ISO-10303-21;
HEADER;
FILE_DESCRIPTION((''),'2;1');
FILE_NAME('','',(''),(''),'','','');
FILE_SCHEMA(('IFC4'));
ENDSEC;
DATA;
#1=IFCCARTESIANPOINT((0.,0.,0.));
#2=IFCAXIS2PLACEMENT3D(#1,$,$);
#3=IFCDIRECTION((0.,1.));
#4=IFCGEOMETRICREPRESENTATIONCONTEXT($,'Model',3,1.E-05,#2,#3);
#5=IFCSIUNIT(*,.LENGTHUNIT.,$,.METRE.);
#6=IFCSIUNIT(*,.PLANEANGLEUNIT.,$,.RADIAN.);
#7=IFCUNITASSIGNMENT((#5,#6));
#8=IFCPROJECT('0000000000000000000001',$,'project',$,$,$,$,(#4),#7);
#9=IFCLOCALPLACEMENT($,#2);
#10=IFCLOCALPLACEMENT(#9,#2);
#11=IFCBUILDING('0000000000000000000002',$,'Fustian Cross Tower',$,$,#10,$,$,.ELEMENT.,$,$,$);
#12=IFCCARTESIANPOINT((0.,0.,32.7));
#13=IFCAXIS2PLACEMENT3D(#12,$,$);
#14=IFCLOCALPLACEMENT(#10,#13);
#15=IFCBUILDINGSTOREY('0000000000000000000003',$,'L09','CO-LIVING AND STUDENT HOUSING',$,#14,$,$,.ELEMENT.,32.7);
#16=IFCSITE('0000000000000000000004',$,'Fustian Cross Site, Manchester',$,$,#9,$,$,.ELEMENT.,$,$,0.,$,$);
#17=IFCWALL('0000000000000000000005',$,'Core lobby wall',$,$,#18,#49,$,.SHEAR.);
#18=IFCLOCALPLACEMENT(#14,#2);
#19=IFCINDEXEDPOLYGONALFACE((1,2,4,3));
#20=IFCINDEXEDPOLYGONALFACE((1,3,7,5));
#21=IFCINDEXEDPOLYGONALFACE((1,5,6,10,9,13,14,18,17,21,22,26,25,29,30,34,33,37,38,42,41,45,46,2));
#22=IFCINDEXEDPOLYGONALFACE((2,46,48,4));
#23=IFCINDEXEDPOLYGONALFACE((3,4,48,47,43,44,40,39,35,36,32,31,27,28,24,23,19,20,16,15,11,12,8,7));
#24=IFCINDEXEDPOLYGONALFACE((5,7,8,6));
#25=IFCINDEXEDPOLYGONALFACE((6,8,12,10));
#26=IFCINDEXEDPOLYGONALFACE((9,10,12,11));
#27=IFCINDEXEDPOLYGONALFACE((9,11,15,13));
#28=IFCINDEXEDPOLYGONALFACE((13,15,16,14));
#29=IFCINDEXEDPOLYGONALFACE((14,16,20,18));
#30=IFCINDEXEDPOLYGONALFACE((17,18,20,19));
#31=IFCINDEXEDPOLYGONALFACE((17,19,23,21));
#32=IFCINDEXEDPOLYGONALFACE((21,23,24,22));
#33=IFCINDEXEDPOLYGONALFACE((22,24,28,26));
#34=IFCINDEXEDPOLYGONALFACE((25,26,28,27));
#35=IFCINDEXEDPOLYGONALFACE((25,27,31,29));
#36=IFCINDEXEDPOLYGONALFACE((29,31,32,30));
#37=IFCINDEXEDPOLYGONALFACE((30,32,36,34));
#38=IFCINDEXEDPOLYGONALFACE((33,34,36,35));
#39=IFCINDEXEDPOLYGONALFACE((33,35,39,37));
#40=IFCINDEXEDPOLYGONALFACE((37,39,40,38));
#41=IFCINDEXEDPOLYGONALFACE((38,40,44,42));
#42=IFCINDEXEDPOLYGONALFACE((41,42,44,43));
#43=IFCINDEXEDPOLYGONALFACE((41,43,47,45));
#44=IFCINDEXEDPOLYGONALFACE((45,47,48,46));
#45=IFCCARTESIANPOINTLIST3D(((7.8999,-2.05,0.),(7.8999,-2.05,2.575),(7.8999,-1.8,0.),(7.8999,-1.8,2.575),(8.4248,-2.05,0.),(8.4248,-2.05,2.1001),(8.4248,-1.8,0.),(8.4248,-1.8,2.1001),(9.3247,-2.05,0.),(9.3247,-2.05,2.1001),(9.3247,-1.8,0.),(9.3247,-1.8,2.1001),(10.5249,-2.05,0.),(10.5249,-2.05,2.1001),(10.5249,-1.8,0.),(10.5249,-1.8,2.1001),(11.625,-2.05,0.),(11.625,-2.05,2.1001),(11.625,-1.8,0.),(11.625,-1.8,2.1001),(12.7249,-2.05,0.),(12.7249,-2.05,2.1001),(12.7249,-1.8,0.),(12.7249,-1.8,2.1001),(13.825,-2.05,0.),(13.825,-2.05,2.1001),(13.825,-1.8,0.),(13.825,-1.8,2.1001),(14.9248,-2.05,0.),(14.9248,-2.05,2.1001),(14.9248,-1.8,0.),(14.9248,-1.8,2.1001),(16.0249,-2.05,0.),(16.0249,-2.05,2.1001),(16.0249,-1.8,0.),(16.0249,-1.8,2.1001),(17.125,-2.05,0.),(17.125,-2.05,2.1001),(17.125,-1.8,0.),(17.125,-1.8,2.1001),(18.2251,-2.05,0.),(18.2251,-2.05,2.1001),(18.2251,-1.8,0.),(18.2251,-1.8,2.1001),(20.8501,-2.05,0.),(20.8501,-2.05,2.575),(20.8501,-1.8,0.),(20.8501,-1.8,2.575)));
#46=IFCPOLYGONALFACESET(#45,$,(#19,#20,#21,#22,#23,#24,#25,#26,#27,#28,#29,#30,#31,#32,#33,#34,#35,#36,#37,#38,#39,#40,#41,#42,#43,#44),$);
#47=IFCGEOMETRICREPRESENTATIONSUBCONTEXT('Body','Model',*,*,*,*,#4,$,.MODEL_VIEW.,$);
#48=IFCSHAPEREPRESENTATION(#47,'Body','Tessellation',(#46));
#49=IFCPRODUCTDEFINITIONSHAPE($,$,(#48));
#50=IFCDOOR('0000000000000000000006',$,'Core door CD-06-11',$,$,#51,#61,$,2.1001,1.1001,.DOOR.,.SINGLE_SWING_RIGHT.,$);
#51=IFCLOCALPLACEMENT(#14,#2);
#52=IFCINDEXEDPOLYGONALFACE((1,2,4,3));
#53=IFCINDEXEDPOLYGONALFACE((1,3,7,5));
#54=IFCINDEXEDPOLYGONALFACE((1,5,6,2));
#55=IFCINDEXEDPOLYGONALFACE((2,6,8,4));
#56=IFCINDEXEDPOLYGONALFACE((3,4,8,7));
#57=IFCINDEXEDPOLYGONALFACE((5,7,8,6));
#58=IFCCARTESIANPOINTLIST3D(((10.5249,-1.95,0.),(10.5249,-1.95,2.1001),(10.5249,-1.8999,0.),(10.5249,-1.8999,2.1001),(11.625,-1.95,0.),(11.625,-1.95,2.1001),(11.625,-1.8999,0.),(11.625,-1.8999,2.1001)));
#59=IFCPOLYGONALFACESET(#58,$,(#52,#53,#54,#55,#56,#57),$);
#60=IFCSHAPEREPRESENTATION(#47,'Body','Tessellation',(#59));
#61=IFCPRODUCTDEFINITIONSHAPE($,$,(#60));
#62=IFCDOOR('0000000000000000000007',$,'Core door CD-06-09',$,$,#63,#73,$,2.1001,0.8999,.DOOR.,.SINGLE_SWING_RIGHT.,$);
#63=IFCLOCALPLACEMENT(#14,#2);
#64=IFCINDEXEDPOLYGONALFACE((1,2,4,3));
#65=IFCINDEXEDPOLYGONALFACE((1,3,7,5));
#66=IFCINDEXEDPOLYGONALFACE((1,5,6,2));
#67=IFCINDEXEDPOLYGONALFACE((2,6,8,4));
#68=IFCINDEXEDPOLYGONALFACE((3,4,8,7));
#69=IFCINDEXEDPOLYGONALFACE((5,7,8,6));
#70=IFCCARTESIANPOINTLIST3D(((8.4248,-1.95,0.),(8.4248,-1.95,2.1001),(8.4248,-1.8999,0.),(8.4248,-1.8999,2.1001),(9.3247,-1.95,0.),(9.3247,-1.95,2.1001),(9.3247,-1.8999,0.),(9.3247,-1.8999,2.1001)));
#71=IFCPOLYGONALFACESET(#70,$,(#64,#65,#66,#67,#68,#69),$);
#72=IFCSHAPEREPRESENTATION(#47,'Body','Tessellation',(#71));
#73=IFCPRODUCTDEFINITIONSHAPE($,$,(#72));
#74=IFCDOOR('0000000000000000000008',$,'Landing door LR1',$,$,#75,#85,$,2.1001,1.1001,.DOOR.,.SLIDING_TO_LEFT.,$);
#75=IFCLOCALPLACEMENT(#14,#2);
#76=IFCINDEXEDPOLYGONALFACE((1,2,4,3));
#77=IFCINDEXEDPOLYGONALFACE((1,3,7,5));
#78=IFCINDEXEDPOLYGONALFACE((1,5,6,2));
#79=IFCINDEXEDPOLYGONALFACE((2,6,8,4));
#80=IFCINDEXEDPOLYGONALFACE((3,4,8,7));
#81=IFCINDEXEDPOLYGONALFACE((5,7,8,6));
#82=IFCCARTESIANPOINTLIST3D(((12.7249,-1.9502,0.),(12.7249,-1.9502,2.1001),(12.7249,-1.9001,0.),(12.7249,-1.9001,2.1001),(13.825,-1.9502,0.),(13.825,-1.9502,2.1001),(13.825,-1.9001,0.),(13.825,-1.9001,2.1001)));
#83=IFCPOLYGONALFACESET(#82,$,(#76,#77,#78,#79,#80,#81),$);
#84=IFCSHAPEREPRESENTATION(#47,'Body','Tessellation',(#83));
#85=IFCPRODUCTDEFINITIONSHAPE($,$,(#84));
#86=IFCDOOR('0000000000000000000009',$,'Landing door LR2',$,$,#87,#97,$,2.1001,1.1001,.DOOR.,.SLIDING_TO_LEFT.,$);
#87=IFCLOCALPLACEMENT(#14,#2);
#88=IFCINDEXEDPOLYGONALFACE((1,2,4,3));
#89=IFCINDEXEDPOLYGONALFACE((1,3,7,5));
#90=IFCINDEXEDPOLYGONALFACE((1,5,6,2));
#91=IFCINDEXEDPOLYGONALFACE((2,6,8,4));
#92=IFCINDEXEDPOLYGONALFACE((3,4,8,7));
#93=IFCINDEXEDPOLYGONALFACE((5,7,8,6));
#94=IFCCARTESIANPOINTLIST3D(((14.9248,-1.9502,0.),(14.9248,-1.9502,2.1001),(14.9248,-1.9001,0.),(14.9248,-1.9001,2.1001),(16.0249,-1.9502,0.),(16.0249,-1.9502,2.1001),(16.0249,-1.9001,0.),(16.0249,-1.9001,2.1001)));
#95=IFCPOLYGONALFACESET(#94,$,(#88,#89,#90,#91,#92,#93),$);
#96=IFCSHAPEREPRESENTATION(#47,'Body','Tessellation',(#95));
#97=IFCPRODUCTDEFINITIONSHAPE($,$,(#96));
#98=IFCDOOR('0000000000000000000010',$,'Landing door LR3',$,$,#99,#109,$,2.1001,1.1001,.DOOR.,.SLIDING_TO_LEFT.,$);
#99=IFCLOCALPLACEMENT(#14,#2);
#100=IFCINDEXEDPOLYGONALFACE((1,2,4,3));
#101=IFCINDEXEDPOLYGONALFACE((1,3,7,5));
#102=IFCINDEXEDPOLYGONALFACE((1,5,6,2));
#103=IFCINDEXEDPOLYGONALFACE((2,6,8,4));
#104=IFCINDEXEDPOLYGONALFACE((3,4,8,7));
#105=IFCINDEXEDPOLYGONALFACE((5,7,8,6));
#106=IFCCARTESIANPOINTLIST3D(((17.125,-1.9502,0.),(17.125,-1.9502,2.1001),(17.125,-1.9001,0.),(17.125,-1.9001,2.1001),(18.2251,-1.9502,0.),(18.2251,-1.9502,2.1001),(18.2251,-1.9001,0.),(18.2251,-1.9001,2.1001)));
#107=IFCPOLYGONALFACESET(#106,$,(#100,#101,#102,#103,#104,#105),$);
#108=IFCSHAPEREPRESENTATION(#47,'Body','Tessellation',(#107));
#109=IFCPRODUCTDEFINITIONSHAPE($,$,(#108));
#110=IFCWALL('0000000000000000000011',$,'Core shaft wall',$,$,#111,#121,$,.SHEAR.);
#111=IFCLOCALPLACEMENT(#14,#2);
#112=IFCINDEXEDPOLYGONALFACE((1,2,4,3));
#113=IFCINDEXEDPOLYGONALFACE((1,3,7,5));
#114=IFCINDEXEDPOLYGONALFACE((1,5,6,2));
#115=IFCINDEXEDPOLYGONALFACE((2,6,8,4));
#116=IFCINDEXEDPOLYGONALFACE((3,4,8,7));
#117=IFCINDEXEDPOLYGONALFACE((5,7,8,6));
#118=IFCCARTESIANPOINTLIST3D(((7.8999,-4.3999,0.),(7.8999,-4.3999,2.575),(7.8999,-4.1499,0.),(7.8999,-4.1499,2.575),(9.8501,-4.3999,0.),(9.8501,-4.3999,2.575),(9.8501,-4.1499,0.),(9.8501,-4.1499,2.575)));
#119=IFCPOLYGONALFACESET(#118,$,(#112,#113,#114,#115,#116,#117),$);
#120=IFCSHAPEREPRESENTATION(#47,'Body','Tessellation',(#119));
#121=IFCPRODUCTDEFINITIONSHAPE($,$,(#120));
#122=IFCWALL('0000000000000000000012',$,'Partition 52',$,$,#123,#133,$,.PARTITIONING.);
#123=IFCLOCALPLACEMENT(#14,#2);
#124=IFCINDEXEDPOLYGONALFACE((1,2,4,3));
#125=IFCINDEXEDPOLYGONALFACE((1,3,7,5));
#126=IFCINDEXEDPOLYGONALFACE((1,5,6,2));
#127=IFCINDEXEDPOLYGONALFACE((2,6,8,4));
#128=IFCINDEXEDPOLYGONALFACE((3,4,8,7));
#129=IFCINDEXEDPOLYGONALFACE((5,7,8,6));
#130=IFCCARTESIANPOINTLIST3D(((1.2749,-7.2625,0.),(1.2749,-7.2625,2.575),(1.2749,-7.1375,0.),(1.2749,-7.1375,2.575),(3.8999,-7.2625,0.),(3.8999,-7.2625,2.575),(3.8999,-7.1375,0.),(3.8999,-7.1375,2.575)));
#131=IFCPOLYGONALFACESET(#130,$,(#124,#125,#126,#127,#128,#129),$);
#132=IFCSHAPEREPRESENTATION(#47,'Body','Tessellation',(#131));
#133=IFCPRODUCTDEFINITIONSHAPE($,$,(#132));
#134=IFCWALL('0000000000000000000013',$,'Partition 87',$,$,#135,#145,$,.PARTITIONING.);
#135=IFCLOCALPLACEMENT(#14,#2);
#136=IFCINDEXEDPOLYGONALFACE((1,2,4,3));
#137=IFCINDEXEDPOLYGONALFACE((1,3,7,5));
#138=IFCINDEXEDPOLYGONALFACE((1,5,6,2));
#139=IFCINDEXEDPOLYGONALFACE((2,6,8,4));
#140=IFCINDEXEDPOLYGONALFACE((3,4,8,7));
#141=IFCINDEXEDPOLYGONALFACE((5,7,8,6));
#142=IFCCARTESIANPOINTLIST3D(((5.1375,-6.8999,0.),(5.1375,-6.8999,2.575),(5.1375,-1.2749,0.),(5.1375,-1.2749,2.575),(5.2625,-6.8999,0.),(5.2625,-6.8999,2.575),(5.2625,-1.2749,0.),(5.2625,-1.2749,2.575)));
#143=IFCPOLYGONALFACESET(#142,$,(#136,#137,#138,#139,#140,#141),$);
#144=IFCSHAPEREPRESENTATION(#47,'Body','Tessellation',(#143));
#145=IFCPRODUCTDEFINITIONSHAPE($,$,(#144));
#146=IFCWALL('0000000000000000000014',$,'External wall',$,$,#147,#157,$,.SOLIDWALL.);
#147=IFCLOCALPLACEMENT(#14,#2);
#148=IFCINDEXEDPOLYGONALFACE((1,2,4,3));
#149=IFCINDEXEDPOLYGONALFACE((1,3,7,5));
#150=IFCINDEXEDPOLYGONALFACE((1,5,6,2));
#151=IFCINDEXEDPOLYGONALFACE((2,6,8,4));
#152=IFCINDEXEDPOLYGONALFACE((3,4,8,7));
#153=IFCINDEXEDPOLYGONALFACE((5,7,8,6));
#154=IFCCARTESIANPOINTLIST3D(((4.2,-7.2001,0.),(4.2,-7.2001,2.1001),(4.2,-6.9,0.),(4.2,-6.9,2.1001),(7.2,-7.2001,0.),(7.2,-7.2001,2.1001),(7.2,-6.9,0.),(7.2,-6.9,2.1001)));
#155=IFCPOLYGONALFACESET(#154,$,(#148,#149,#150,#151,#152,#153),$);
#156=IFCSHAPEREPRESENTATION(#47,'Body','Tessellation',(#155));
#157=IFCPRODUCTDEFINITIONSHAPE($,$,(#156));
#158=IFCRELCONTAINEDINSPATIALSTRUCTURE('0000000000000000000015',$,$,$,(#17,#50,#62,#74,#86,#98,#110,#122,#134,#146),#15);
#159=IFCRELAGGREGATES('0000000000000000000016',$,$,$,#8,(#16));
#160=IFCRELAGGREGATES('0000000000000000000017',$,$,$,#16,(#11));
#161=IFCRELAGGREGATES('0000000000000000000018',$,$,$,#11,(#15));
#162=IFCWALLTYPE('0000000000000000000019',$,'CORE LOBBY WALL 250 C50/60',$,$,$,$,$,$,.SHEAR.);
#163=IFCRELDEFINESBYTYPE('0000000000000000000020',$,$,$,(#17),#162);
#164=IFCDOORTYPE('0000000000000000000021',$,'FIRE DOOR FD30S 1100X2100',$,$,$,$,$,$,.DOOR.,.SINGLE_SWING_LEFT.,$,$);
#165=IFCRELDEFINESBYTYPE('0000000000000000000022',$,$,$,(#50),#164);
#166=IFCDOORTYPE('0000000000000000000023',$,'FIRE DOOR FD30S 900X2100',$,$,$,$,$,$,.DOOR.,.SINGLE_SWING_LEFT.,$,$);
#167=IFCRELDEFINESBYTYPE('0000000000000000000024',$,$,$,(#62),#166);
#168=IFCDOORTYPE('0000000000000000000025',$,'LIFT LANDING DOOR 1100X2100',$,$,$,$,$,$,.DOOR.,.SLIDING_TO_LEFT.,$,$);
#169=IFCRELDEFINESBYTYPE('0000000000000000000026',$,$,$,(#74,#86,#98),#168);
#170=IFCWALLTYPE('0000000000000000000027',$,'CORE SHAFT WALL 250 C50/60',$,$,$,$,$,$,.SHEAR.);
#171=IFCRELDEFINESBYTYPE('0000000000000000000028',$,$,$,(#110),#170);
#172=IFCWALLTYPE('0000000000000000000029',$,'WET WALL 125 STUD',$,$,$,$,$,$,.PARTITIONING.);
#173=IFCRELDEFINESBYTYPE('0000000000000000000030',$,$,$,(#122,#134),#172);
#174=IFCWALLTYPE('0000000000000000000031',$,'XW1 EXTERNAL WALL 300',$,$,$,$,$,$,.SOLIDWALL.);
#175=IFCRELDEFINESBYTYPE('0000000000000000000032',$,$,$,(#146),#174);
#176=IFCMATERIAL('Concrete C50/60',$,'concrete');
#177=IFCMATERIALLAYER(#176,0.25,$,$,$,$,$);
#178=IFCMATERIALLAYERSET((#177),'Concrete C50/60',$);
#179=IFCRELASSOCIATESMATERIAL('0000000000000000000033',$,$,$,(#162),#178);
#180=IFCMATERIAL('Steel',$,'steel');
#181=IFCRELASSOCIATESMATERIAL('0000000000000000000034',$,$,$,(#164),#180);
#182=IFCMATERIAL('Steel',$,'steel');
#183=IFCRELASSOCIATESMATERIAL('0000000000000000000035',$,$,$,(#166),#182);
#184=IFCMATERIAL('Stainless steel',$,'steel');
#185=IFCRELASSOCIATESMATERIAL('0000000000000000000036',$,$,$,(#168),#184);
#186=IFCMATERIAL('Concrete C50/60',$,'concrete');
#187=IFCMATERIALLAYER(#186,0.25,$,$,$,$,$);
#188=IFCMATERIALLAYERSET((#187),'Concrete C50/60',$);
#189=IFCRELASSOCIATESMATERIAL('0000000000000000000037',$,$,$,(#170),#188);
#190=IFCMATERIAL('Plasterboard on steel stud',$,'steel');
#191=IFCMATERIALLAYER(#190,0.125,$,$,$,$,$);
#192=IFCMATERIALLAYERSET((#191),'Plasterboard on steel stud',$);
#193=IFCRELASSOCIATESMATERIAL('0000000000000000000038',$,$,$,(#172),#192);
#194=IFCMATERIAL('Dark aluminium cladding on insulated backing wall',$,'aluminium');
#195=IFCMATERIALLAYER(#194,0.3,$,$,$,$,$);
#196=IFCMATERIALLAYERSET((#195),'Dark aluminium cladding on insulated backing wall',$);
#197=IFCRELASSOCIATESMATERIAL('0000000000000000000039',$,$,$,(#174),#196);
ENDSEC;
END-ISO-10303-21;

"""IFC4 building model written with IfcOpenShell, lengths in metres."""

from ifc_helpers import new_model, si_unit, direction, frame, frame_2d, origin, place, context, subcontext, project, spatial, rectangle, extrude, material, layer, layer_set, type_object, element, fill, save


model = new_model("IFC4")

# Units and contexts
model_context = context("Model", 3, precision=1e-05, world=origin(), true_north=direction((0.0, 1.0)))
body_context = subcontext(model_context, "Body", "Model", "MODEL_VIEW")
ifc_project = project(units=[si_unit("LENGTHUNIT", "METRE"), si_unit("PLANEANGLEUNIT", "RADIAN")], contexts=[model_context])

# Site, building, storey
site_placement = place(None, origin())
site = spatial("IfcSite", under=ifc_project, at=site_placement, Name="Fustian Cross Site, Manchester", CompositionType="ELEMENT", RefElevation=0.0)
building_placement = place(site_placement, origin())
building = spatial("IfcBuilding", under=site, at=building_placement, Name="Fustian Cross Tower", CompositionType="ELEMENT")
storey_placement = place(building_placement, frame((0.0, 0.0, 32.7)))
storey = spatial("IfcBuildingStorey", under=building, at=storey_placement, Name="L09", Description="CO-LIVING AND STUDENT HOUSING", CompositionType="ELEMENT", Elevation=32.7)

# Wall, openings, doors
ifc_material_1 = material(Name="Concrete C50/60", Category="concrete")
ifc_layer_1 = layer(ifc_material_1, 0.25)
ifc_layer_set_1 = layer_set([ifc_layer_1], Name="Concrete C50/60")
wall_type_1 = type_object("IfcWallType", Name="CORE LOBBY WALL 250 C50/60", PredefinedType="SHEAR", material=ifc_layer_set_1)
wall_1_placement = place(storey_placement, frame((7.8999, -1.925, 0.0), z_axis=(0.0, 0.0, 1.0), x_axis=(1.0, 0.0, 0.0)))
wall_1 = element("IfcWall", 1, at=wall_1_placement, inside=storey, type_object=wall_type_1, Name="Core lobby wall", PredefinedType="SHEAR", context=body_context, shape_type="SweptSolid", body=[
    extrude(rectangle(XDim=12.9502, YDim=0.25, at=frame_2d((6.4751, 0.0))), origin(), (0.0, 0.0, 1.0), 2.575),
])
opening_1_placement = place(wall_1_placement, frame((4.825, 0.0, 0.0)))
opening_1 = element("IfcOpeningElement", 2, at=opening_1_placement, cuts=wall_1, PredefinedType="OPENING", context=body_context, shape_type="SweptSolid", body=[
    extrude(rectangle(XDim=1.1001, YDim=2.1001, at=frame_2d((0.55, 1.05))), frame((0.0, 0.135, 0.0), z_axis=(0.0, -1.0, 0.0), x_axis=(1.0, 0.0, 0.0)), (0.0, 0.0, 1.0), 0.27),
])
opening_2_placement = place(wall_1_placement, frame((7.0249, 0.0, 0.0)))
opening_2 = element("IfcOpeningElement", 3, at=opening_2_placement, cuts=wall_1, PredefinedType="OPENING", context=body_context, shape_type="SweptSolid", body=[
    extrude(rectangle(XDim=1.1001, YDim=2.1001, at=frame_2d((0.55, 1.05))), frame((0.0, 0.135, 0.0), z_axis=(0.0, -1.0, 0.0), x_axis=(1.0, 0.0, 0.0)), (0.0, 0.0, 1.0), 0.27),
])
opening_3_placement = place(wall_1_placement, frame((9.2251, 0.0, 0.0)))
opening_3 = element("IfcOpeningElement", 4, at=opening_3_placement, cuts=wall_1, PredefinedType="OPENING", context=body_context, shape_type="SweptSolid", body=[
    extrude(rectangle(XDim=1.1001, YDim=2.1001, at=frame_2d((0.55, 1.05))), frame((0.0, 0.135, 0.0), z_axis=(0.0, -1.0, 0.0), x_axis=(1.0, 0.0, 0.0)), (0.0, 0.0, 1.0), 0.27),
])
opening_4_placement = place(wall_1_placement, frame((0.5249, 0.0, 0.0)))
opening_4 = element("IfcOpeningElement", 5, at=opening_4_placement, cuts=wall_1, PredefinedType="OPENING", context=body_context, shape_type="SweptSolid", body=[
    extrude(rectangle(XDim=0.8999, YDim=2.1001, at=frame_2d((0.45, 1.05))), frame((0.0, 0.135, 0.0), z_axis=(0.0, -1.0, 0.0), x_axis=(1.0, 0.0, 0.0)), (0.0, 0.0, 1.0), 0.27),
])
opening_5_placement = place(wall_1_placement, frame((2.625, 0.0, 0.0)))
opening_5 = element("IfcOpeningElement", 6, at=opening_5_placement, cuts=wall_1, PredefinedType="OPENING", context=body_context, shape_type="SweptSolid", body=[
    extrude(rectangle(XDim=1.1001, YDim=2.1001, at=frame_2d((0.55, 1.05))), frame((0.0, 0.135, 0.0), z_axis=(0.0, -1.0, 0.0), x_axis=(1.0, 0.0, 0.0)), (0.0, 0.0, 1.0), 0.27),
])
ifc_material_2 = material(Name="Steel", Category="steel")
door_type_1 = type_object("IfcDoorType", Name="FIRE DOOR FD30S 1100X2100", OperationType="SINGLE_SWING_LEFT", PredefinedType="DOOR", material=ifc_material_2)
door_1_placement = place(opening_5_placement, frame((1.1001, 0.0, 0.0), z_axis=(0.0, 0.0, 1.0), x_axis=(-1.0, 0.0, 0.0)))
door_1 = element("IfcDoor", 7, at=door_1_placement, inside=storey, type_object=door_type_1, Name="Core door CD-06-11", OperationType="SINGLE_SWING_RIGHT", OverallHeight=2.1001, OverallWidth=1.1001, PredefinedType="DOOR", context=body_context, shape_type="SweptSolid", body=[
    extrude(rectangle(XDim=1.1001, YDim=2.1001, at=frame_2d((0.55, 1.05))), frame((0.0, 0.0249, 0.0), z_axis=(0.0, -1.0, 0.0), x_axis=(1.0, 0.0, 0.0)), (0.0, 0.0, 1.0), 0.05),
])
fill(opening_5, door_1)
ifc_material_3 = material(Name="Steel", Category="steel")
door_type_2 = type_object("IfcDoorType", Name="FIRE DOOR FD30S 900X2100", OperationType="SINGLE_SWING_LEFT", PredefinedType="DOOR", material=ifc_material_3)
door_2_placement = place(opening_4_placement, frame((0.8999, 0.0, 0.0), z_axis=(0.0, 0.0, 1.0), x_axis=(-1.0, 0.0, 0.0)))
door_2 = element("IfcDoor", 8, at=door_2_placement, inside=storey, type_object=door_type_2, Name="Core door CD-06-09", OperationType="SINGLE_SWING_RIGHT", OverallHeight=2.1001, OverallWidth=0.8999, PredefinedType="DOOR", context=body_context, shape_type="SweptSolid", body=[
    extrude(rectangle(XDim=0.8999, YDim=2.1001, at=frame_2d((0.45, 1.05))), frame((0.0, 0.0249, 0.0), z_axis=(0.0, -1.0, 0.0), x_axis=(1.0, 0.0, 0.0)), (0.0, 0.0, 1.0), 0.05),
])
fill(opening_4, door_2)
ifc_material_4 = material(Name="Stainless steel", Category="steel")
door_type_3 = type_object("IfcDoorType", Name="LIFT LANDING DOOR 1100X2100", OperationType="SLIDING_TO_LEFT", PredefinedType="DOOR", material=ifc_material_4)
door_3_placement = place(opening_1_placement, origin())
door_3 = element("IfcDoor", 9, at=door_3_placement, inside=storey, type_object=door_type_3, Name="Landing door LR1", OperationType="SLIDING_TO_LEFT", OverallHeight=2.1001, OverallWidth=1.1001, PredefinedType="DOOR", context=body_context, shape_type="SweptSolid", body=[
    extrude(rectangle(XDim=1.1001, YDim=2.1001, at=frame_2d((0.55, 1.05))), frame((0.0, 0.0249, 0.0), z_axis=(0.0, -1.0, 0.0), x_axis=(1.0, 0.0, 0.0)), (0.0, 0.0, 1.0), 0.05),
])
fill(opening_1, door_3)
door_4_placement = place(opening_2_placement, origin())
door_4 = element("IfcDoor", 10, at=door_4_placement, inside=storey, type_object=door_type_3, Name="Landing door LR2", OperationType="SLIDING_TO_LEFT", OverallHeight=2.1001, OverallWidth=1.1001, PredefinedType="DOOR", context=body_context, shape_type="SweptSolid", body=[
    extrude(rectangle(XDim=1.1001, YDim=2.1001, at=frame_2d((0.55, 1.05))), frame((0.0, 0.0249, 0.0), z_axis=(0.0, -1.0, 0.0), x_axis=(1.0, 0.0, 0.0)), (0.0, 0.0, 1.0), 0.05),
])
fill(opening_2, door_4)
door_5_placement = place(opening_3_placement, origin())
door_5 = element("IfcDoor", 11, at=door_5_placement, inside=storey, type_object=door_type_3, Name="Landing door LR3", OperationType="SLIDING_TO_LEFT", OverallHeight=2.1001, OverallWidth=1.1001, PredefinedType="DOOR", context=body_context, shape_type="SweptSolid", body=[
    extrude(rectangle(XDim=1.1001, YDim=2.1001, at=frame_2d((0.55, 1.05))), frame((0.0, 0.0249, 0.0), z_axis=(0.0, -1.0, 0.0), x_axis=(1.0, 0.0, 0.0)), (0.0, 0.0, 1.0), 0.05),
])
fill(opening_3, door_5)

# Walls
ifc_material_5 = material(Name="Concrete C50/60", Category="concrete")
ifc_layer_2 = layer(ifc_material_5, 0.25)
ifc_layer_set_2 = layer_set([ifc_layer_2], Name="Concrete C50/60")
wall_type_2 = type_object("IfcWallType", Name="CORE SHAFT WALL 250 C50/60", PredefinedType="SHEAR", material=ifc_layer_set_2)
wall_2_placement = place(storey_placement, frame((7.8999, -4.2749, 0.0), z_axis=(0.0, 0.0, 1.0), x_axis=(1.0, 0.0, 0.0)))
element("IfcWall", 12, at=wall_2_placement, inside=storey, type_object=wall_type_2, Name="Core shaft wall", PredefinedType="SHEAR", context=body_context, shape_type="SweptSolid", body=[
    extrude(rectangle(XDim=1.9502, YDim=0.25, at=frame_2d((0.9751, 0.0))), origin(), (0.0, 0.0, 1.0), 2.575),
])
ifc_material_6 = material(Name="Plasterboard on steel stud", Category="steel")
ifc_layer_3 = layer(ifc_material_6, 0.125)
ifc_layer_set_3 = layer_set([ifc_layer_3], Name="Plasterboard on steel stud")
wall_type_3 = type_object("IfcWallType", Name="WET WALL 125 STUD", PredefinedType="PARTITIONING", material=ifc_layer_set_3)
wall_3_placement = place(storey_placement, frame((1.2749, -7.2, 0.0), z_axis=(0.0, 0.0, 1.0), x_axis=(1.0, 0.0, 0.0)))
element("IfcWall", 13, at=wall_3_placement, inside=storey, type_object=wall_type_3, Name="Partition 52", PredefinedType="PARTITIONING", context=body_context, shape_type="SweptSolid", body=[
    extrude(rectangle(XDim=2.625, YDim=0.125, at=frame_2d((1.3125, 0.0))), origin(), (0.0, 0.0, 1.0), 2.575),
])
wall_4_placement = place(storey_placement, frame((5.2, -6.8999, 0.0), z_axis=(0.0, 0.0, 1.0), x_axis=(0.0, 1.0, 0.0)))
element("IfcWall", 14, at=wall_4_placement, inside=storey, type_object=wall_type_3, Name="Partition 87", PredefinedType="PARTITIONING", context=body_context, shape_type="SweptSolid", body=[
    extrude(rectangle(XDim=5.625, YDim=0.125, at=frame_2d((2.8125, 0.0))), origin(), (0.0, 0.0, 1.0), 2.575),
])
ifc_material_7 = material(Name="Dark aluminium cladding on insulated backing wall", Category="aluminium")
ifc_layer_4 = layer(ifc_material_7, 0.3)
ifc_layer_set_4 = layer_set([ifc_layer_4], Name="Dark aluminium cladding on insulated backing wall")
wall_type_4 = type_object("IfcWallType", Name="XW1 EXTERNAL WALL 300", PredefinedType="SOLIDWALL", material=ifc_layer_set_4)
wall_5_placement = place(storey_placement, frame((4.2, -7.05, 0.0), z_axis=(0.0, 0.0, 1.0), x_axis=(1.0, 0.0, 0.0)))
element("IfcWall", 15, at=wall_5_placement, inside=storey, type_object=wall_type_4, Name="External wall", PredefinedType="SOLIDWALL", context=body_context, shape_type="SweptSolid", body=[
    extrude(rectangle(XDim=3.0, YDim=0.3, at=frame_2d((1.5, 0.0))), origin(), (0.0, 0.0, 1.0), 2.1001),
])

save(model, "model.ifc")
